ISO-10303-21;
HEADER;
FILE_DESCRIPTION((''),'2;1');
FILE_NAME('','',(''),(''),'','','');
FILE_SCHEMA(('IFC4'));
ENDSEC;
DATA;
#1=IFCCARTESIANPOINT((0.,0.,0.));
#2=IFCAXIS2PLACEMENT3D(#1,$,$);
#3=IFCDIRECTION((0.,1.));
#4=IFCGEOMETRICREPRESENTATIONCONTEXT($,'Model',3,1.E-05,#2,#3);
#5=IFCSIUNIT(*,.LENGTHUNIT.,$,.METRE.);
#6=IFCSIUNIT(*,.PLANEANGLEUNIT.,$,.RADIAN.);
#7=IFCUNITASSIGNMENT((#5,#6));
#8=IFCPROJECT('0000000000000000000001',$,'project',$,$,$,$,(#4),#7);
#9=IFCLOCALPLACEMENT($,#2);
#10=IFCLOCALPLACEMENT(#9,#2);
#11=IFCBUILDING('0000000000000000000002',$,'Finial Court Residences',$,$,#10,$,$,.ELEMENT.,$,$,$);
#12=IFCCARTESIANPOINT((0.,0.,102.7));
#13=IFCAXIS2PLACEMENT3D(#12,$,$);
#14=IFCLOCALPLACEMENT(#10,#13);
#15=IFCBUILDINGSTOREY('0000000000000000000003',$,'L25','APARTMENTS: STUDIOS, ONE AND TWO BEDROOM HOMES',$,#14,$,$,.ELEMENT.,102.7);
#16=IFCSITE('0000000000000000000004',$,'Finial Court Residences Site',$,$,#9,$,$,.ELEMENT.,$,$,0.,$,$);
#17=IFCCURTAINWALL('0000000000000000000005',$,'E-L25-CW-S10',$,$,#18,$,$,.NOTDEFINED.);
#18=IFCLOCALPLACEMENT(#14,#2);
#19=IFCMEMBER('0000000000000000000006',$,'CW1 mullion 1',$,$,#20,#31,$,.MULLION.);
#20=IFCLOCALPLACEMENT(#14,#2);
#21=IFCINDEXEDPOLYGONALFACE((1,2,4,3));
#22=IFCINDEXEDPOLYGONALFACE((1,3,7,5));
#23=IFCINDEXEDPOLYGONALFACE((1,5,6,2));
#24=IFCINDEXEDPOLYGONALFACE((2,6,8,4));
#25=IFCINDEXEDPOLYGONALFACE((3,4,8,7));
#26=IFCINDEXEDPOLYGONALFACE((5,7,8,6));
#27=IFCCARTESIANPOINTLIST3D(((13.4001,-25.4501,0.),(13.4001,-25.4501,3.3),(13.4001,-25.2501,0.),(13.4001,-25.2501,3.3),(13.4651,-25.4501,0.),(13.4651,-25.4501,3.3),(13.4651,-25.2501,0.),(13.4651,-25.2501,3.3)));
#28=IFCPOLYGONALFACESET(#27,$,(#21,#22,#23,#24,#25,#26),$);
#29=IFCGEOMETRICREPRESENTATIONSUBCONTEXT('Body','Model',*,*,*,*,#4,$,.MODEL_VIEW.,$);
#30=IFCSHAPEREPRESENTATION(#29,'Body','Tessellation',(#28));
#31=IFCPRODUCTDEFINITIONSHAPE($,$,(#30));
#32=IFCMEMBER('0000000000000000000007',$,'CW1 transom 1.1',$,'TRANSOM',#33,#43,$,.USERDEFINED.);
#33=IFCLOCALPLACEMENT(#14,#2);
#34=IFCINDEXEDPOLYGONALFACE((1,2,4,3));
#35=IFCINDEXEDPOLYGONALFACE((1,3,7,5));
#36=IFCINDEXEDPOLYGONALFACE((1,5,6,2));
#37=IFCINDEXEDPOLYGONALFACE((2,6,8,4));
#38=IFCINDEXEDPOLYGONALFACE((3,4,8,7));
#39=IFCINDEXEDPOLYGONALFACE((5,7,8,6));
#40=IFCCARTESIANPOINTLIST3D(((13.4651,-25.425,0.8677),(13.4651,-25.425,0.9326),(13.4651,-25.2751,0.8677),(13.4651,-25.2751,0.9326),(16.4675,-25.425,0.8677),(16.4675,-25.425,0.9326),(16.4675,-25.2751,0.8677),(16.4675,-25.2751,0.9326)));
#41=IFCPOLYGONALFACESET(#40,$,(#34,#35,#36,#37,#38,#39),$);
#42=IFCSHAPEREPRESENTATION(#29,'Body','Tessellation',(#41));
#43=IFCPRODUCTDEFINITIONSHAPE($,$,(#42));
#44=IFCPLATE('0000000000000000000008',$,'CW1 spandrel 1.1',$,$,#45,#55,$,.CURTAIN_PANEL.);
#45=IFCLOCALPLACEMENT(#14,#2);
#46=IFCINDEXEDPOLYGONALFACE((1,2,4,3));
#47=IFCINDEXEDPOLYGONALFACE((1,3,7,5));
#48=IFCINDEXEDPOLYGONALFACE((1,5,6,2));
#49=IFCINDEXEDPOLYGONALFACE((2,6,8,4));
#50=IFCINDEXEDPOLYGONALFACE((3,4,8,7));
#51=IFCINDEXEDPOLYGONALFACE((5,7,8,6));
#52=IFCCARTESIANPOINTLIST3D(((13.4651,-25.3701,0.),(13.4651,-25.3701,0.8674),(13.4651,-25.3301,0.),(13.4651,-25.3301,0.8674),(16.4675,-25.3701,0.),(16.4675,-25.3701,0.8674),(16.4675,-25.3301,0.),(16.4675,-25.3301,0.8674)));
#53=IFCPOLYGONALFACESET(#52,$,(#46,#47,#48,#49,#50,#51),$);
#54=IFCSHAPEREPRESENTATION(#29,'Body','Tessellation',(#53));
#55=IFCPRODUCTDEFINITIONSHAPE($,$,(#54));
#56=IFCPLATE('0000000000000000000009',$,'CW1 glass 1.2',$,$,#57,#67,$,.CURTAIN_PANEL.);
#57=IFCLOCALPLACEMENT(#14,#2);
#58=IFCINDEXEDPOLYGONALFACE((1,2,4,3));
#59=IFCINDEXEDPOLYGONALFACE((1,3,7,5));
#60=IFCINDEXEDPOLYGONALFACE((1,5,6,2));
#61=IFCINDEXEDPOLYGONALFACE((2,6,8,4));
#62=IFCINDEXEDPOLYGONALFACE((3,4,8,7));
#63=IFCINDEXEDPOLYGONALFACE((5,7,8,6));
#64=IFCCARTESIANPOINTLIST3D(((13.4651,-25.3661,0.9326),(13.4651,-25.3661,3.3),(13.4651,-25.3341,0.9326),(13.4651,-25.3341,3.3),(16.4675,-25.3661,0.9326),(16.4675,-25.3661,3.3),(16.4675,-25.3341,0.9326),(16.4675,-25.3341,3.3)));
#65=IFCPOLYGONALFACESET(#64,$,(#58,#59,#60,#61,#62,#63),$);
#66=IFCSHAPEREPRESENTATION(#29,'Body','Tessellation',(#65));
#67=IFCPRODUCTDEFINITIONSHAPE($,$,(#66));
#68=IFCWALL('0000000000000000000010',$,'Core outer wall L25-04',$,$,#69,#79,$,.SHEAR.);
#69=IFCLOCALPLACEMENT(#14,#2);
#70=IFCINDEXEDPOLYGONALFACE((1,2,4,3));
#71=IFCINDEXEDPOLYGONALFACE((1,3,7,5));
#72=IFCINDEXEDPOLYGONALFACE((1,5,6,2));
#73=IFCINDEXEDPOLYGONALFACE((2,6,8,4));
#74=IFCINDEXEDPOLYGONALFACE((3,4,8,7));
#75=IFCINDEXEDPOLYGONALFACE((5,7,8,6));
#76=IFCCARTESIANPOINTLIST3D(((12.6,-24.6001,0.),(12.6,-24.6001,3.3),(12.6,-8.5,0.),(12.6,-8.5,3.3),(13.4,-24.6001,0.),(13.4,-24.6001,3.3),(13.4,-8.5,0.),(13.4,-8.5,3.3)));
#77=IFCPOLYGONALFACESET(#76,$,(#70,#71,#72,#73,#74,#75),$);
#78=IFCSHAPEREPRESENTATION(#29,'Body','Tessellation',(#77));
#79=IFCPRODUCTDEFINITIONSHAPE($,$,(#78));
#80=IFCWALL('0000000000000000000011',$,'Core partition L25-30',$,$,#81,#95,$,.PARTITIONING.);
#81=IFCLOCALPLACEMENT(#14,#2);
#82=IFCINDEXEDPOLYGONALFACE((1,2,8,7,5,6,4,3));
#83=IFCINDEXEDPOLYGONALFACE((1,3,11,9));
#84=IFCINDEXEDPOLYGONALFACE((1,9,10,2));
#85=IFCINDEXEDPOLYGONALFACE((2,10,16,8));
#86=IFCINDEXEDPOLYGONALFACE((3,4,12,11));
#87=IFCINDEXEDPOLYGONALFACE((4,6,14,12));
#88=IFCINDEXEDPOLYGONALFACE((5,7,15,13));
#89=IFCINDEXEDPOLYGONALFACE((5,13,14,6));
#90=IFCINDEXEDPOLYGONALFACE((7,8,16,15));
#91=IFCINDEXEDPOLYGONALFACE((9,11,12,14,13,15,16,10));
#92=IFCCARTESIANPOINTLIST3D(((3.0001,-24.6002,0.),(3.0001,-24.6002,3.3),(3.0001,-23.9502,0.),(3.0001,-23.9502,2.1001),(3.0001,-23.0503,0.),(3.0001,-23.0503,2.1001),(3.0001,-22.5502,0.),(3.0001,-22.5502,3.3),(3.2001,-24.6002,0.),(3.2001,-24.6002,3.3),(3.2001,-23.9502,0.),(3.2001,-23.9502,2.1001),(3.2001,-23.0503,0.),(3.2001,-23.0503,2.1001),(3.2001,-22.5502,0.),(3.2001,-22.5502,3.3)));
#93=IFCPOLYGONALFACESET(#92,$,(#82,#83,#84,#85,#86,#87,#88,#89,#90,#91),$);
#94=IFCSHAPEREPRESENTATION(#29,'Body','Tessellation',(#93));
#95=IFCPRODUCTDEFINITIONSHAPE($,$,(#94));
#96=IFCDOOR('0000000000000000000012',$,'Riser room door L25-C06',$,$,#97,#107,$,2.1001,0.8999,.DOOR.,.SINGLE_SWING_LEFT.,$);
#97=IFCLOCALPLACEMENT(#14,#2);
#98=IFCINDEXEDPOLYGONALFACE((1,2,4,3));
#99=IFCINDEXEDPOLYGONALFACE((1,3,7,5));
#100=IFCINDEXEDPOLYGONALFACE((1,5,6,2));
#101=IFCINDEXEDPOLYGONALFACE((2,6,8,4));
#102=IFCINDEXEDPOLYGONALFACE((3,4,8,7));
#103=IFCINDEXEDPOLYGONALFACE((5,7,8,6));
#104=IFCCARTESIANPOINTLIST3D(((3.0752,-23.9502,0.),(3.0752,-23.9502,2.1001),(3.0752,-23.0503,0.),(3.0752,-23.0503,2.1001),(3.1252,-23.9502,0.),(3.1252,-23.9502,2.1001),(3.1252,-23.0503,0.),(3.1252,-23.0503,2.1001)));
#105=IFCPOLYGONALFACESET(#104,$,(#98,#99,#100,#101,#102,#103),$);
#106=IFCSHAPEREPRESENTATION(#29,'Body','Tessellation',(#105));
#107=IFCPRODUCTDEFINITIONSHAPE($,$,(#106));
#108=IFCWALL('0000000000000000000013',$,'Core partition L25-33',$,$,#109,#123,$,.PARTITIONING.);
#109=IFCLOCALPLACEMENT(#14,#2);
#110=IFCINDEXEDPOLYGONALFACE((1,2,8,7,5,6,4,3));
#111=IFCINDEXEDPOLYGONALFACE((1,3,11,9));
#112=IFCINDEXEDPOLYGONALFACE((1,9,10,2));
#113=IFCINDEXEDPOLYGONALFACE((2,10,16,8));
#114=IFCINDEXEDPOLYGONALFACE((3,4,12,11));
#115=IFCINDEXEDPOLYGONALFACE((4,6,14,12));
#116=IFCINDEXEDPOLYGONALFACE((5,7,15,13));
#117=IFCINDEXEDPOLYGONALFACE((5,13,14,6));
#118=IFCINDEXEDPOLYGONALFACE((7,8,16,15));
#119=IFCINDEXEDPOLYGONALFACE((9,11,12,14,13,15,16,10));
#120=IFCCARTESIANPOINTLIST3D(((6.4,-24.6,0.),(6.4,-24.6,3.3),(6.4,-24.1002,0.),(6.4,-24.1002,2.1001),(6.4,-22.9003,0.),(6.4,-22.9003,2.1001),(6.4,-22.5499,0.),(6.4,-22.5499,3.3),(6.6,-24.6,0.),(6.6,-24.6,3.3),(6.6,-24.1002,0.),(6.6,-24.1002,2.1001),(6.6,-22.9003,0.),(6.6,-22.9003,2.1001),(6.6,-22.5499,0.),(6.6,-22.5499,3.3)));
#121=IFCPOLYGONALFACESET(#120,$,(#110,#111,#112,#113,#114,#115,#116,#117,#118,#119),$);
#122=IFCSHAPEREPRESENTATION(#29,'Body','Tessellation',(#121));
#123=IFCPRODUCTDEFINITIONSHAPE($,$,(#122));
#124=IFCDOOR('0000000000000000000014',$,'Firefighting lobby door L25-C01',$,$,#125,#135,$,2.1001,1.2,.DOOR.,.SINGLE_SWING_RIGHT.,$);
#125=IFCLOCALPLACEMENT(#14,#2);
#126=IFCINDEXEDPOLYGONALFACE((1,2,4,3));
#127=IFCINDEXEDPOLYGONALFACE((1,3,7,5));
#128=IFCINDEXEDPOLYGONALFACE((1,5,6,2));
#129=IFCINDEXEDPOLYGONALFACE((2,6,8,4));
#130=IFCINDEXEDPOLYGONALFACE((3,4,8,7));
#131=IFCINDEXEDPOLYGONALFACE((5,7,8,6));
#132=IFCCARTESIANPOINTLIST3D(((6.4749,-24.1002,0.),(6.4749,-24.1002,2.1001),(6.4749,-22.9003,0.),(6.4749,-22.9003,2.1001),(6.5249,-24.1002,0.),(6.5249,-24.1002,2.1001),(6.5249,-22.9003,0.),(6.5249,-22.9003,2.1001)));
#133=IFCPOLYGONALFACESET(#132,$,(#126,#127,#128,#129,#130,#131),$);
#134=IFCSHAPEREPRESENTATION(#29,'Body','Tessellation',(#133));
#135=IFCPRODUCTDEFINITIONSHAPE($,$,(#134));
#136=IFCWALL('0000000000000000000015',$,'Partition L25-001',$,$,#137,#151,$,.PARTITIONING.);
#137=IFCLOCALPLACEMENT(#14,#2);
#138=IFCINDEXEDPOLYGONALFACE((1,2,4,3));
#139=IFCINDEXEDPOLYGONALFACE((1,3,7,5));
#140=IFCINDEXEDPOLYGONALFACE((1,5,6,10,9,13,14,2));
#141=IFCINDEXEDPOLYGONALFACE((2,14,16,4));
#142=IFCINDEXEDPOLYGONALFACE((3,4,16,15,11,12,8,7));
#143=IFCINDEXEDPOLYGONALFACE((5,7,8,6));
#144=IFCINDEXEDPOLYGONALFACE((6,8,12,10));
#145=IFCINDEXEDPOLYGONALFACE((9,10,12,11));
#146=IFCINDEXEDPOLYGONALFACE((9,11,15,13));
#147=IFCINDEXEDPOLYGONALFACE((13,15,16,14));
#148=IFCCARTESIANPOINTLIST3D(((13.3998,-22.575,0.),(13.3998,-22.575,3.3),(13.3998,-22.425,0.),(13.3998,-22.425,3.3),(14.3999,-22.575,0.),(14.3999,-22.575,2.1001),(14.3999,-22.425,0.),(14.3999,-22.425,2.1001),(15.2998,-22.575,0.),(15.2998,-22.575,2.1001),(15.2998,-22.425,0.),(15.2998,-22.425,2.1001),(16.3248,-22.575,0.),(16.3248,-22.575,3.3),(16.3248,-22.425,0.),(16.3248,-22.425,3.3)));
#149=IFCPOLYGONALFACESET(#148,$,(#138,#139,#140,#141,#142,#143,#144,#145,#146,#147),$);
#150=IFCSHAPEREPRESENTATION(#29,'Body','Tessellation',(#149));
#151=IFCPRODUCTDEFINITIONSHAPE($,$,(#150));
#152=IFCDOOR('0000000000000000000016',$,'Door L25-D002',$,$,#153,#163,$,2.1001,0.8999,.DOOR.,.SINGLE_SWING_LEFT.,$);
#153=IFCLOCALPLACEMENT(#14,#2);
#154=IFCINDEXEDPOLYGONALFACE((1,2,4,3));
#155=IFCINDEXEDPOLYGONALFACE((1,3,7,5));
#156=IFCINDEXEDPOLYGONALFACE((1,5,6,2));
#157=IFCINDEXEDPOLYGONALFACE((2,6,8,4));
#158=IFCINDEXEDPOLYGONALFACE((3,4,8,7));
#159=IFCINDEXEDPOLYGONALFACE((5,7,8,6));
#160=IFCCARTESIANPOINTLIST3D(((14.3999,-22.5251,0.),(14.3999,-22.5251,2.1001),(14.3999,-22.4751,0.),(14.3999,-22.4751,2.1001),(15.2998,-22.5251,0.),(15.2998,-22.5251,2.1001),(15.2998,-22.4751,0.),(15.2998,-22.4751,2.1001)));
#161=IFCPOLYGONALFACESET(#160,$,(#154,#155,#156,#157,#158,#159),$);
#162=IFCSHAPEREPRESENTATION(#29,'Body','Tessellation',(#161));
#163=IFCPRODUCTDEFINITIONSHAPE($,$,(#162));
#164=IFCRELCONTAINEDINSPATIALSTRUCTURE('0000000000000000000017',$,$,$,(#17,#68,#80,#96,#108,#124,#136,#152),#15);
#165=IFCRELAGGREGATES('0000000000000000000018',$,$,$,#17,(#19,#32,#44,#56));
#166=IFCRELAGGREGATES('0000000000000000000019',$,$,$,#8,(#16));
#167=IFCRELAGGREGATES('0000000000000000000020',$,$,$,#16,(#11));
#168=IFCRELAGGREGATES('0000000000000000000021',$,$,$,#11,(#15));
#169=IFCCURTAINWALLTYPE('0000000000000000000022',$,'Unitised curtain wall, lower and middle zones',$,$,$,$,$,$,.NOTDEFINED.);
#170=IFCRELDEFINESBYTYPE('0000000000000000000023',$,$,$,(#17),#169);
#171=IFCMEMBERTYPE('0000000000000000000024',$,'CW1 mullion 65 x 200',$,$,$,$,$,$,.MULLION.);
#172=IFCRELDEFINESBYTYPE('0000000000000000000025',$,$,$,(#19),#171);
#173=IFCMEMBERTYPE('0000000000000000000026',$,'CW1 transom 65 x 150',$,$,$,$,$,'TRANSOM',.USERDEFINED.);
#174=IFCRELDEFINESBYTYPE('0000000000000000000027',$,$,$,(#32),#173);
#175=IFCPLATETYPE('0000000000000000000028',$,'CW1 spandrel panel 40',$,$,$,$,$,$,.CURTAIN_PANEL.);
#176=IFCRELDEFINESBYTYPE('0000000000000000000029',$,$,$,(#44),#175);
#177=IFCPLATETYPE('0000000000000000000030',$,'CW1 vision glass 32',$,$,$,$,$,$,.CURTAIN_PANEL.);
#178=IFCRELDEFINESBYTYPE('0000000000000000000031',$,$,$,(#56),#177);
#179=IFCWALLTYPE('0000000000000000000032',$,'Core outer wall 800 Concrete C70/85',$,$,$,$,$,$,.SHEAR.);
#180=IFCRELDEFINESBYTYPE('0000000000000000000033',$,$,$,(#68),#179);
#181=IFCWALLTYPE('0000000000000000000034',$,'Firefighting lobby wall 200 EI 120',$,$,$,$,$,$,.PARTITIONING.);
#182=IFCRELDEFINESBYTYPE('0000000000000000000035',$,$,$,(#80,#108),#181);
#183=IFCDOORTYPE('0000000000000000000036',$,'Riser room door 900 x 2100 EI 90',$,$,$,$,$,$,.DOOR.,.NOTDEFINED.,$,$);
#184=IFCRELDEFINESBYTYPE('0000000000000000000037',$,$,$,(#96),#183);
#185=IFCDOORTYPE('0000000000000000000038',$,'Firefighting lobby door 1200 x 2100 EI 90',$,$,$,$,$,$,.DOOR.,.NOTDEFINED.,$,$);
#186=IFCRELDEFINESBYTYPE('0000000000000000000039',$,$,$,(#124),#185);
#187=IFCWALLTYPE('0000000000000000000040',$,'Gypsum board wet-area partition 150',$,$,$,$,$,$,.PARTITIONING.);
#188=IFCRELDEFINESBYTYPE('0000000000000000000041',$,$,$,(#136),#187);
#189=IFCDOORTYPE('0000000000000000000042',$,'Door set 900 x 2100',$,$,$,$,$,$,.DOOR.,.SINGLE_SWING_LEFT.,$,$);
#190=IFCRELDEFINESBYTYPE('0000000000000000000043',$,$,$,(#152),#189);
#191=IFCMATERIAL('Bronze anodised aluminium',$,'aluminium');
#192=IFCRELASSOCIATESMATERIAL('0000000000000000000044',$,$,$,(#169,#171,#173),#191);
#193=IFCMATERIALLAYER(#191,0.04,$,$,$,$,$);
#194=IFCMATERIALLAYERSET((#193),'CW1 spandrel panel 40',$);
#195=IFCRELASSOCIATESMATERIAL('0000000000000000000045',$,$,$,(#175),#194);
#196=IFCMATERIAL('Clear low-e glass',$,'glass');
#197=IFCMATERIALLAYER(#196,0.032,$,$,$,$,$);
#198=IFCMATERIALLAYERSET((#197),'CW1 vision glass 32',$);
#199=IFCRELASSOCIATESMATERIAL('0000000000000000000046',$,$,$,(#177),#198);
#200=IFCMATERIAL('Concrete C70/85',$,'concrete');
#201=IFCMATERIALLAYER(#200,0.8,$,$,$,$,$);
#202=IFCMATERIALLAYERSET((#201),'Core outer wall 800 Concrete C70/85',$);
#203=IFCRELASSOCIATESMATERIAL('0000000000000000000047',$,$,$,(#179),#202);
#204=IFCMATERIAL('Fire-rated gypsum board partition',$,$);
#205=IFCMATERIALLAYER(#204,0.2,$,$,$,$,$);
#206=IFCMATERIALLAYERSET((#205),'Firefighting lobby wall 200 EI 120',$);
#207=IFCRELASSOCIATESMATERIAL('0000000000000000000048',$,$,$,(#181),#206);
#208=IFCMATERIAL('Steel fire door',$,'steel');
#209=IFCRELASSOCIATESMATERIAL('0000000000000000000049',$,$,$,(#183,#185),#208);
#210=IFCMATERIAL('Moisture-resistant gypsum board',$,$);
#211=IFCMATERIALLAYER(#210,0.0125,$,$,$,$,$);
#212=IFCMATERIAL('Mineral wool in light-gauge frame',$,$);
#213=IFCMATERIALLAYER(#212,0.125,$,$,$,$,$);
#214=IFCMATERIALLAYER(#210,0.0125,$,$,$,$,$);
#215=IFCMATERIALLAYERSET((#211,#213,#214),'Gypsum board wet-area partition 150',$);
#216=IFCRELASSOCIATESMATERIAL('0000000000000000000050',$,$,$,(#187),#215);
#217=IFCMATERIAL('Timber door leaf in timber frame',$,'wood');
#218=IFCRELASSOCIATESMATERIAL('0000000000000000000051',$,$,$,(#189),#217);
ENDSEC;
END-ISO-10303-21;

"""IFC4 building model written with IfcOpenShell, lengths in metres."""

from ifc_helpers import new_model, si_unit, direction, frame, frame_2d, origin, origin_2d, place, context, subcontext, project, spatial, rectangle, extrude, material, layer, layer_set, material_profile, profile_set, type_object, element, fill, aggregate, save


model = new_model("IFC4")

# Units and contexts
model_context = context("Model", 3, precision=1e-05, world=origin(), true_north=direction((0.0, 1.0)))
body_context = subcontext(model_context, "Body", "Model", "MODEL_VIEW")
ifc_project = project(units=[si_unit("LENGTHUNIT", "METRE"), si_unit("PLANEANGLEUNIT", "RADIAN")], contexts=[model_context])

# Site, building, storey
site_placement = place(None, origin())
site = spatial("IfcSite", under=ifc_project, at=site_placement, Name="Finial Court Residences Site", CompositionType="ELEMENT", RefElevation=0.0)
building_placement = place(site_placement, origin())
building = spatial("IfcBuilding", under=site, at=building_placement, Name="Finial Court Residences", CompositionType="ELEMENT")
storey_placement = place(building_placement, frame((0.0, 0.0, 102.7)))
storey = spatial("IfcBuildingStorey", under=building, at=storey_placement, Name="L25", Description="APARTMENTS: STUDIOS, ONE AND TWO BEDROOM HOMES", CompositionType="ELEMENT", Elevation=102.7)

# Curtain wall, members, plates
ifc_material_1 = material(Name="Bronze anodised aluminium", Category="aluminium")
curtain_wall_type = type_object("IfcCurtainWallType", Name="Unitised curtain wall, lower and middle zones", PredefinedType="NOTDEFINED", material=ifc_material_1)
curtain_wall_placement = place(storey_placement, origin())
curtain_wall = element("IfcCurtainWall", 1, at=curtain_wall_placement, inside=storey, type_object=curtain_wall_type, Name="E-L25-CW-S10", PredefinedType="NOTDEFINED")
ifc_material_profile_1 = material_profile(ifc_material_1, rectangle(XDim=0.2, YDim=0.0649, at=origin_2d()), Name="CW1 mullion 65 x 200")
ifc_profile_set_1 = profile_set([ifc_material_profile_1], Name="Bronze anodised aluminium")
member_type_1 = type_object("IfcMemberType", Name="CW1 mullion 65 x 200", PredefinedType="MULLION", material=ifc_profile_set_1)
member_1_placement = place(storey_placement, frame((13.4326, -25.3501, 0.0), z_axis=(0.0, 0.0, 1.0), x_axis=(0.0, 1.0, 0.0)))
member_1 = element("IfcMember", 2, at=member_1_placement, type_object=member_type_1, Name="CW1 mullion 1", PredefinedType="MULLION", context=body_context, shape_type="SweptSolid", body=[
    extrude(rectangle(XDim=0.2, YDim=0.0649, at=origin_2d()), origin(), (0.0, 0.0, 1.0), 3.3),
])
ifc_material_profile_2 = material_profile(ifc_material_1, rectangle(XDim=0.1499, YDim=0.0649, at=origin_2d()), Name="CW1 transom 65 x 150")
ifc_profile_set_2 = profile_set([ifc_material_profile_2], Name="Bronze anodised aluminium")
member_type_2 = type_object("IfcMemberType", Name="CW1 transom 65 x 150", ElementType="TRANSOM", PredefinedType="USERDEFINED", material=ifc_profile_set_2)
member_2_placement = place(storey_placement, frame((13.4651, -25.3501, 0.9001), z_axis=(1.0, 0.0, 0.0), x_axis=(0.0, 1.0, 0.0)))
member_2 = element("IfcMember", 3, at=member_2_placement, type_object=member_type_2, Name="CW1 transom 1.1", ObjectType="TRANSOM", PredefinedType="USERDEFINED", context=body_context, shape_type="SweptSolid", body=[
    extrude(rectangle(XDim=0.1499, YDim=0.0649, at=origin_2d()), origin(), (0.0, 0.0, 1.0), 3.0024),
])
ifc_layer_1 = layer(ifc_material_1, 0.04)
ifc_layer_set_1 = layer_set([ifc_layer_1], Name="CW1 spandrel panel 40")
plate_type_1 = type_object("IfcPlateType", Name="CW1 spandrel panel 40", PredefinedType="CURTAIN_PANEL", material=ifc_layer_set_1)
plate_1_placement = place(storey_placement, frame((14.9663, -25.3501, 0.0), z_axis=(0.0, 0.0, 1.0), x_axis=(1.0, 0.0, 0.0)))
plate_1 = element("IfcPlate", 4, at=plate_1_placement, type_object=plate_type_1, Name="CW1 spandrel 1.1", PredefinedType="CURTAIN_PANEL", context=body_context, shape_type="SweptSolid", body=[
    extrude(rectangle(XDim=3.0024, YDim=0.04, at=origin_2d()), origin(), (0.0, 0.0, 1.0), 0.8674),
])
ifc_material_2 = material(Name="Clear low-e glass", Category="glass")
ifc_layer_2 = layer(ifc_material_2, 0.032)
ifc_layer_set_2 = layer_set([ifc_layer_2], Name="CW1 vision glass 32")
plate_type_2 = type_object("IfcPlateType", Name="CW1 vision glass 32", PredefinedType="CURTAIN_PANEL", material=ifc_layer_set_2)
plate_2_placement = place(storey_placement, frame((14.9663, -25.3501, 0.9326), z_axis=(0.0, 0.0, 1.0), x_axis=(1.0, 0.0, 0.0)))
plate_2 = element("IfcPlate", 5, at=plate_2_placement, type_object=plate_type_2, Name="CW1 glass 1.2", PredefinedType="CURTAIN_PANEL", context=body_context, shape_type="SweptSolid", body=[
    extrude(rectangle(XDim=3.0024, YDim=0.032, at=origin_2d()), origin(), (0.0, 0.0, 1.0), 2.3674),
])
aggregate(curtain_wall, [member_1, member_2, plate_1, plate_2])

# Wall
ifc_material_3 = material(Name="Concrete C70/85", Category="concrete")
ifc_layer_3 = layer(ifc_material_3, 0.8)
ifc_layer_set_3 = layer_set([ifc_layer_3], Name="Core outer wall 800 Concrete C70/85")
wall_type_1 = type_object("IfcWallType", Name="Core outer wall 800 Concrete C70/85", PredefinedType="SHEAR", material=ifc_layer_set_3)
wall_1_placement = place(storey_placement, frame((13.0, -24.6001, 0.0), z_axis=(0.0, 0.0, 1.0), x_axis=(0.0, 1.0, 0.0)))
element("IfcWall", 6, at=wall_1_placement, inside=storey, type_object=wall_type_1, Name="Core outer wall L25-04", PredefinedType="SHEAR", context=body_context, shape_type="SweptSolid", body=[
    extrude(rectangle(XDim=16.1001, YDim=0.8, at=frame_2d((8.05, 0.0))), origin(), (0.0, 0.0, 1.0), 3.3),
])

# Walls, openings, doors
ifc_material_4 = material(Name="Fire-rated gypsum board partition")
ifc_layer_4 = layer(ifc_material_4, 0.2)
ifc_layer_set_4 = layer_set([ifc_layer_4], Name="Firefighting lobby wall 200 EI 120")
wall_type_2 = type_object("IfcWallType", Name="Firefighting lobby wall 200 EI 120", PredefinedType="PARTITIONING", material=ifc_layer_set_4)
wall_2_placement = place(storey_placement, frame((3.1001, -24.6001, 0.0), z_axis=(0.0, 0.0, 1.0), x_axis=(0.0, 1.0, 0.0)))
wall_2 = element("IfcWall", 7, at=wall_2_placement, inside=storey, type_object=wall_type_2, Name="Core partition L25-30", PredefinedType="PARTITIONING", context=body_context, shape_type="SweptSolid", body=[
    extrude(rectangle(XDim=2.05, YDim=0.2, at=frame_2d((1.0249, 0.0))), origin(), (0.0, 0.0, 1.0), 3.3),
])
opening_1_placement = place(wall_2_placement, frame((0.6499, 0.0, 0.0)))
opening_1 = element("IfcOpeningElement", 8, at=opening_1_placement, cuts=wall_2, PredefinedType="OPENING", context=body_context, shape_type="SweptSolid", body=[
    extrude(rectangle(XDim=0.8999, YDim=2.1001, at=frame_2d((0.45, 1.05))), frame((0.0, 0.1099, 0.0), z_axis=(0.0, -1.0, 0.0), x_axis=(1.0, 0.0, 0.0)), (0.0, 0.0, 1.0), 0.22),
])
ifc_material_5 = material(Name="Steel fire door", Category="steel")
door_type_1 = type_object("IfcDoorType", Name="Riser room door 900 x 2100 EI 90", OperationType="NOTDEFINED", PredefinedType="DOOR", material=ifc_material_5)
door_1_placement = place(opening_1_placement, origin())
door_1 = element("IfcDoor", 9, at=door_1_placement, inside=storey, type_object=door_type_1, Name="Riser room door L25-C06", OperationType="SINGLE_SWING_LEFT", OverallHeight=2.1001, OverallWidth=0.8999, PredefinedType="DOOR", context=body_context, shape_type="SweptSolid", body=[
    extrude(rectangle(XDim=0.8999, YDim=2.1001, at=frame_2d((0.45, 1.05))), frame((0.0, 0.0249, 0.0), z_axis=(0.0, -1.0, 0.0), x_axis=(1.0, 0.0, 0.0)), (0.0, 0.0, 1.0), 0.05),
])
fill(opening_1, door_1)
wall_3_placement = place(storey_placement, frame((6.5, -22.55, 0.0), z_axis=(0.0, 0.0, 1.0), x_axis=(0.0, -1.0, 0.0)))
wall_3 = element("IfcWall", 10, at=wall_3_placement, inside=storey, type_object=wall_type_2, Name="Core partition L25-33", PredefinedType="PARTITIONING", context=body_context, shape_type="SweptSolid", body=[
    extrude(rectangle(XDim=2.05, YDim=0.2, at=frame_2d((1.0249, 0.0))), origin(), (0.0, 0.0, 1.0), 3.3),
])
opening_2_placement = place(wall_3_placement, frame((0.3501, 0.0, 0.0)))
opening_2 = element("IfcOpeningElement", 11, at=opening_2_placement, cuts=wall_3, PredefinedType="OPENING", context=body_context, shape_type="SweptSolid", body=[
    extrude(rectangle(XDim=1.2, YDim=2.1001, at=frame_2d((0.6001, 1.05))), frame((0.0, 0.1099, 0.0), z_axis=(0.0, -1.0, 0.0), x_axis=(1.0, 0.0, 0.0)), (0.0, 0.0, 1.0), 0.22),
])
door_type_2 = type_object("IfcDoorType", Name="Firefighting lobby door 1200 x 2100 EI 90", OperationType="NOTDEFINED", PredefinedType="DOOR", material=ifc_material_5)
door_2_placement = place(opening_2_placement, origin())
door_2 = element("IfcDoor", 12, at=door_2_placement, inside=storey, type_object=door_type_2, Name="Firefighting lobby door L25-C01", OperationType="SINGLE_SWING_RIGHT", OverallHeight=2.1001, OverallWidth=1.2, PredefinedType="DOOR", context=body_context, shape_type="SweptSolid", body=[
    extrude(rectangle(XDim=1.2, YDim=2.1001, at=frame_2d((0.6001, 1.05))), frame((0.0, 0.0249, 0.0), z_axis=(0.0, -1.0, 0.0), x_axis=(1.0, 0.0, 0.0)), (0.0, 0.0, 1.0), 0.05),
])
fill(opening_2, door_2)
ifc_material_6 = material(Name="Moisture-resistant gypsum board")
ifc_layer_5 = layer(ifc_material_6, 0.0125)
ifc_material_7 = material(Name="Mineral wool in light-gauge frame")
ifc_layer_6 = layer(ifc_material_7, 0.125)
ifc_layer_7 = layer(ifc_material_6, 0.0125)
ifc_layer_set_5 = layer_set([ifc_layer_5, ifc_layer_6, ifc_layer_7], Name="Gypsum board wet-area partition 150")
wall_type_3 = type_object("IfcWallType", Name="Gypsum board wet-area partition 150", PredefinedType="PARTITIONING", material=ifc_layer_set_5)
wall_4_placement = place(storey_placement, frame((13.3999, -22.5, 0.0), z_axis=(0.0, 0.0, 1.0), x_axis=(1.0, 0.0, 0.0)))
wall_4 = element("IfcWall", 13, at=wall_4_placement, inside=storey, type_object=wall_type_3, Name="Partition L25-001", PredefinedType="PARTITIONING", context=body_context, shape_type="SweptSolid", body=[
    extrude(rectangle(XDim=2.925, YDim=0.1499, at=frame_2d((1.4624, 0.0))), origin(), (0.0, 0.0, 1.0), 3.3),
])
opening_3_placement = place(wall_4_placement, frame((1.0, 0.0, 0.0)))
opening_3 = element("IfcOpeningElement", 14, at=opening_3_placement, cuts=wall_4, PredefinedType="OPENING", context=body_context, shape_type="SweptSolid", body=[
    extrude(rectangle(XDim=0.8999, YDim=2.1001, at=frame_2d((0.45, 1.05))), frame((0.0, 0.085, 0.0), z_axis=(0.0, -1.0, 0.0), x_axis=(1.0, 0.0, 0.0)), (0.0, 0.0, 1.0), 0.1699),
])
ifc_material_8 = material(Name="Timber door leaf in timber frame", Category="wood")
door_type_3 = type_object("IfcDoorType", Name="Door set 900 x 2100", OperationType="SINGLE_SWING_LEFT", PredefinedType="DOOR", material=ifc_material_8)
door_3_placement = place(opening_3_placement, origin())
door_3 = element("IfcDoor", 15, at=door_3_placement, inside=storey, type_object=door_type_3, Name="Door L25-D002", OperationType="SINGLE_SWING_LEFT", OverallHeight=2.1001, OverallWidth=0.8999, PredefinedType="DOOR", context=body_context, shape_type="SweptSolid", body=[
    extrude(rectangle(XDim=0.8999, YDim=2.1001, at=frame_2d((0.45, 1.05))), frame((0.0, 0.0249, 0.0), z_axis=(0.0, -1.0, 0.0), x_axis=(1.0, 0.0, 0.0)), (0.0, 0.0, 1.0), 0.05),
])
fill(opening_3, door_3)

save(model, "model.ifc")
